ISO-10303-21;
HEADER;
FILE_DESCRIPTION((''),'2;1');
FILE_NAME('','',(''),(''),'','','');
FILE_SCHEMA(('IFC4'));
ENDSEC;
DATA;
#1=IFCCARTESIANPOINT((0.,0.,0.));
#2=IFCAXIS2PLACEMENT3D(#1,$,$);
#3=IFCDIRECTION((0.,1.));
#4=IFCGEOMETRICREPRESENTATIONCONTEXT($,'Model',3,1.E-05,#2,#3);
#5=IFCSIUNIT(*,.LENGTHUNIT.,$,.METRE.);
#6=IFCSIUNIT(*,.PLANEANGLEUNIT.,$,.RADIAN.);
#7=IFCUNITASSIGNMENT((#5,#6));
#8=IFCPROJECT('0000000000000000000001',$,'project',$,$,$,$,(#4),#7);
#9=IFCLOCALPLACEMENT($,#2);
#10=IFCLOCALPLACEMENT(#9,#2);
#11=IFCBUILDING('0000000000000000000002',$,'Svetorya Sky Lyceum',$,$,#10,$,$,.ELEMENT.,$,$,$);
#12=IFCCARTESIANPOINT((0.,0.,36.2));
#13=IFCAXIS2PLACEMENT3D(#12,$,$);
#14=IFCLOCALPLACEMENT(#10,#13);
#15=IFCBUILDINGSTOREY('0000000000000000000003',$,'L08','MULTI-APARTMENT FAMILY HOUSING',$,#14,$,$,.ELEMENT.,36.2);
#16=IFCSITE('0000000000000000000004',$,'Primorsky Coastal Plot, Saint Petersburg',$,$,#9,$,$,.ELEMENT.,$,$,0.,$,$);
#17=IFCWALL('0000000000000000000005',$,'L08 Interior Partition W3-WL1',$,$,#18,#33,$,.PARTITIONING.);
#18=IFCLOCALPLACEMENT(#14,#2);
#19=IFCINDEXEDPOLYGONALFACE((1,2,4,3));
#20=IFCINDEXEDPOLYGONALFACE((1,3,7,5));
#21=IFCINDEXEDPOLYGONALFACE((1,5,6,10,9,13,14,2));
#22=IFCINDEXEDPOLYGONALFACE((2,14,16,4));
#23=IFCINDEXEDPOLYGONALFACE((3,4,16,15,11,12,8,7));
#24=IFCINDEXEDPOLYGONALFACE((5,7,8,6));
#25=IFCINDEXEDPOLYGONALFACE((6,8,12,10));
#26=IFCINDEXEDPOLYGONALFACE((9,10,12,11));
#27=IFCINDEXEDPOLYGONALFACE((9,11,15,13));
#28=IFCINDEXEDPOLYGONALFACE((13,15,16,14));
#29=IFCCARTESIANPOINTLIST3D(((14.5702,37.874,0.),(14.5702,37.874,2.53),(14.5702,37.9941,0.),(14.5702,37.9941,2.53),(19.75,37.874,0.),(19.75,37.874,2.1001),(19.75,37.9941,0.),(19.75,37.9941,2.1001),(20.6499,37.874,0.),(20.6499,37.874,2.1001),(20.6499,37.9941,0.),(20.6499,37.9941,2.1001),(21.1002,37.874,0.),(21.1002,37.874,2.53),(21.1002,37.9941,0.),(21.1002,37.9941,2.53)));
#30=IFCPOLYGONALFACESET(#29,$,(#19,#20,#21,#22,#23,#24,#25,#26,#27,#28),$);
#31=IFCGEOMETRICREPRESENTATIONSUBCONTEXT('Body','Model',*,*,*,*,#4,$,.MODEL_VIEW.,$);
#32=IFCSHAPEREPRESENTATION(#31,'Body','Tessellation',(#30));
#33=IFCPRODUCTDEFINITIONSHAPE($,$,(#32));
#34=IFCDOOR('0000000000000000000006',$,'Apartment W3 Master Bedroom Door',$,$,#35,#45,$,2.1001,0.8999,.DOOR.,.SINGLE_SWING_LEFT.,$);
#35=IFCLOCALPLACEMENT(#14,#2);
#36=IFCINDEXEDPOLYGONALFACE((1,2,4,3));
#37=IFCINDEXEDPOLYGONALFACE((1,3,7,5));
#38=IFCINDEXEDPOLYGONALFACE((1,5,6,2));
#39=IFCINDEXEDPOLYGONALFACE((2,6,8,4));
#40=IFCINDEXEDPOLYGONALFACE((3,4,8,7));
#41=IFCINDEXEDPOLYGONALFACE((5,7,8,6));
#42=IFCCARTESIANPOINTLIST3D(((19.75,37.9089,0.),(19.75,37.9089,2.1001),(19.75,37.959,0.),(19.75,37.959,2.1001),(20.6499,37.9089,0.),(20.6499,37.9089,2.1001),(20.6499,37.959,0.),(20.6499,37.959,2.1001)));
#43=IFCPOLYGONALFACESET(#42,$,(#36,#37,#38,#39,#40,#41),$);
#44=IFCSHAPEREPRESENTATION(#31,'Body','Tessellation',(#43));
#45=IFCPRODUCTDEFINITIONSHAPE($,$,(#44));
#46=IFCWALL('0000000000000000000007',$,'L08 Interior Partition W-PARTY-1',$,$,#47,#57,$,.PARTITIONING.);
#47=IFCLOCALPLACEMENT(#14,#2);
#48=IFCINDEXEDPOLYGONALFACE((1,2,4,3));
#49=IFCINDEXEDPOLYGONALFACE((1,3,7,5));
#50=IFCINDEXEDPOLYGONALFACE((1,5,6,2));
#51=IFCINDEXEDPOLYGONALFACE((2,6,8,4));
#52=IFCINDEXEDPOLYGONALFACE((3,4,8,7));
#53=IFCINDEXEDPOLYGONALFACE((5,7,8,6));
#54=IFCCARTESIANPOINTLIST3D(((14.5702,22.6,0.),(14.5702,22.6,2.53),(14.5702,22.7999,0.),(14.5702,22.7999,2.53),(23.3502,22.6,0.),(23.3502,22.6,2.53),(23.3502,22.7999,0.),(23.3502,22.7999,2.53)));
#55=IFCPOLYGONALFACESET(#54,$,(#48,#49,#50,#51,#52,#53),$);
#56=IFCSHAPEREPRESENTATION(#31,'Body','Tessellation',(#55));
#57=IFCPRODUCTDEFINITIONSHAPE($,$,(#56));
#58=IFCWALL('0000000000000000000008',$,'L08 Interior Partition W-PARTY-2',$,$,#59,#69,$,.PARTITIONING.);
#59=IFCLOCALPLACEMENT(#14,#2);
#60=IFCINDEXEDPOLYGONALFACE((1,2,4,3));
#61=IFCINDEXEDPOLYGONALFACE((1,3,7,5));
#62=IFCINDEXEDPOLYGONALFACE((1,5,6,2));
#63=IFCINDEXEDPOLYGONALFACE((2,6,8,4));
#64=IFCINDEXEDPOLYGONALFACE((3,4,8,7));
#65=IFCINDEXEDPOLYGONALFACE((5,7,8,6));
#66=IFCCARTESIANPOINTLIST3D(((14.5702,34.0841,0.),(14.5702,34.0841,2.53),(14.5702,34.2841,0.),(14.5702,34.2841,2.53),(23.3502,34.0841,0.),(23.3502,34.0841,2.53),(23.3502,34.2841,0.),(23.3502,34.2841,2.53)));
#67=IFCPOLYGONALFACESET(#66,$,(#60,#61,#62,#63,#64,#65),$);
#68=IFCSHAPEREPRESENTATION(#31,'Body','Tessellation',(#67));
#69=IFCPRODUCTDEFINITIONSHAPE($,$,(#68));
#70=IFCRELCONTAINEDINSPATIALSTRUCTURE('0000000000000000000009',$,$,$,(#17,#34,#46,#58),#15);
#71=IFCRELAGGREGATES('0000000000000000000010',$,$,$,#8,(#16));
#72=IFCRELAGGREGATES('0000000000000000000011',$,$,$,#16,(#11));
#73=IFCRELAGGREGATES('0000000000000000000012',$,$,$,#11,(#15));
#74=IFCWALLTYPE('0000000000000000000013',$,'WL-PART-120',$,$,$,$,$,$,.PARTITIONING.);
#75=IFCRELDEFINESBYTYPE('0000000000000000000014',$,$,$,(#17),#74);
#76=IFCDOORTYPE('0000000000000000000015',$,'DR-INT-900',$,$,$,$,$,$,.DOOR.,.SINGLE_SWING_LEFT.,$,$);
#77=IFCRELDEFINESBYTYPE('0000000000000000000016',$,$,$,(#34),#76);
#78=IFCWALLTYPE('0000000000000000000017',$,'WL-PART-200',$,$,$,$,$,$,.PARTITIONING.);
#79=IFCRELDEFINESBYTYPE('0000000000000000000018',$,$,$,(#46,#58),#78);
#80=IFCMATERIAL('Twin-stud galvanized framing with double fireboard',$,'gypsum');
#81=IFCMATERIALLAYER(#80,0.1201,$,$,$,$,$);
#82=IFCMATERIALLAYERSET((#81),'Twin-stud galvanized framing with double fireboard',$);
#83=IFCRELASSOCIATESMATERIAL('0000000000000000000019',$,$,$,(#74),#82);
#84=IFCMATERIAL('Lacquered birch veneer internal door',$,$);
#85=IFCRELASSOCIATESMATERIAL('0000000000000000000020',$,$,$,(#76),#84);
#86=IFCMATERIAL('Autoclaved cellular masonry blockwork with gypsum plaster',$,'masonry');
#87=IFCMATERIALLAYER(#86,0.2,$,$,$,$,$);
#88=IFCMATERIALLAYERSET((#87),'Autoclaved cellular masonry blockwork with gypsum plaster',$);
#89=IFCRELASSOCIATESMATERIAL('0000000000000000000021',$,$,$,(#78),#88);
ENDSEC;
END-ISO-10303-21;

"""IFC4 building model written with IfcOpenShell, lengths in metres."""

from ifc_helpers import new_model, si_unit, direction, frame, frame_2d, origin, place, context, subcontext, project, spatial, rectangle, extrude, material, layer, layer_set, type_object, element, fill, save


model = new_model("IFC4")

# Units and contexts
model_context = context("Model", 3, precision=1e-05, world=origin(), true_north=direction((0.0, 1.0)))
body_context = subcontext(model_context, "Body", "Model", "MODEL_VIEW")
ifc_project = project(units=[si_unit("LENGTHUNIT", "METRE"), si_unit("PLANEANGLEUNIT", "RADIAN")], contexts=[model_context])

# Site, building, storey
site_placement = place(None, origin())
site = spatial("IfcSite", under=ifc_project, at=site_placement, Name="Primorsky Coastal Plot, Saint Petersburg", CompositionType="ELEMENT", RefElevation=0.0)
building_placement = place(site_placement, origin())
building = spatial("IfcBuilding", under=site, at=building_placement, Name="Svetorya Sky Lyceum", CompositionType="ELEMENT")
storey_placement = place(building_placement, frame((0.0, 0.0, 36.2)))
storey = spatial("IfcBuildingStorey", under=building, at=storey_placement, Name="L08", Description="MULTI-APARTMENT FAMILY HOUSING", CompositionType="ELEMENT", Elevation=36.2)

# Wall, opening, door
ifc_material_1 = material(Name="Twin-stud galvanized framing with double fireboard", Category="gypsum")
ifc_layer_1 = layer(ifc_material_1, 0.1201)
ifc_layer_set_1 = layer_set([ifc_layer_1], Name="Twin-stud galvanized framing with double fireboard")
wall_type_1 = type_object("IfcWallType", Name="WL-PART-120", PredefinedType="PARTITIONING", material=ifc_layer_set_1)
ifc_material_2 = material(Name="Lacquered birch veneer internal door")
door_type_1 = type_object("IfcDoorType", Name="DR-INT-900", OperationType="SINGLE_SWING_LEFT", PredefinedType="DOOR", material=ifc_material_2)
wall_1_placement = place(storey_placement, frame((14.5701, 37.9341, 0.0), z_axis=(0.0, 0.0, 1.0), x_axis=(1.0, 0.0, 0.0)))
wall_1 = element("IfcWall", 1, at=wall_1_placement, inside=storey, type_object=wall_type_1, Name="L08 Interior Partition W3-WL1", PredefinedType="PARTITIONING", context=body_context, shape_type="SweptSolid", body=[
    extrude(rectangle(XDim=6.53, YDim=0.1201, at=frame_2d((3.2651, 0.0))), origin(), (0.0, 0.0, 1.0), 2.53),
])
opening_1_placement = place(wall_1_placement, frame((5.1799, 0.0, 0.0)))
opening_1 = element("IfcOpeningElement", 2, at=opening_1_placement, cuts=wall_1, PredefinedType="OPENING", context=body_context, shape_type="SweptSolid", body=[
    extrude(rectangle(XDim=0.8999, YDim=2.1001, at=frame_2d((0.45, 1.05))), frame((0.0, 0.0701, 0.0), z_axis=(0.0, -1.0, 0.0), x_axis=(1.0, 0.0, 0.0)), (0.0, 0.0, 1.0), 0.1401),
])
door_1_placement = place(opening_1_placement, origin())
door_1 = element("IfcDoor", 3, at=door_1_placement, inside=storey, type_object=door_type_1, Name="Apartment W3 Master Bedroom Door", OperationType="SINGLE_SWING_LEFT", OverallHeight=2.1001, OverallWidth=0.8999, PredefinedType="DOOR", context=body_context, shape_type="SweptSolid", body=[
    extrude(rectangle(XDim=0.8999, YDim=2.1001, at=frame_2d((0.45, 1.05))), frame((0.0, 0.0249, 0.0), z_axis=(0.0, -1.0, 0.0), x_axis=(1.0, 0.0, 0.0)), (0.0, 0.0, 1.0), 0.05),
])
fill(opening_1, door_1)

# Walls
ifc_material_3 = material(Name="Autoclaved cellular masonry blockwork with gypsum plaster", Category="masonry")
ifc_layer_2 = layer(ifc_material_3, 0.2)
ifc_layer_set_2 = layer_set([ifc_layer_2], Name="Autoclaved cellular masonry blockwork with gypsum plaster")
wall_type_2 = type_object("IfcWallType", Name="WL-PART-200", PredefinedType="PARTITIONING", material=ifc_layer_set_2)
for number, where, z_axis, x_axis, name in (
    (4, (14.5701, 22.7, 0.0), (0.0, 0.0, 1.0), (1.0, 0.0, 0.0), "L08 Interior Partition W-PARTY-1"),
    (5, (14.5701, 34.1841, 0.0), (0.0, 0.0, 1.0), (1.0, 0.0, 0.0), "L08 Interior Partition W-PARTY-2"),
):
    element("IfcWall", number, at=place(storey_placement, frame(where, z_axis=z_axis, x_axis=x_axis)), inside=storey, type_object=wall_type_2, Name=name, PredefinedType="PARTITIONING", context=body_context, shape_type="SweptSolid", body=[
        extrude(rectangle(XDim=8.78, YDim=0.2, at=frame_2d((4.3901, 0.0))), origin(), (0.0, 0.0, 1.0), 2.53),
    ])

save(model, "model.ifc")
